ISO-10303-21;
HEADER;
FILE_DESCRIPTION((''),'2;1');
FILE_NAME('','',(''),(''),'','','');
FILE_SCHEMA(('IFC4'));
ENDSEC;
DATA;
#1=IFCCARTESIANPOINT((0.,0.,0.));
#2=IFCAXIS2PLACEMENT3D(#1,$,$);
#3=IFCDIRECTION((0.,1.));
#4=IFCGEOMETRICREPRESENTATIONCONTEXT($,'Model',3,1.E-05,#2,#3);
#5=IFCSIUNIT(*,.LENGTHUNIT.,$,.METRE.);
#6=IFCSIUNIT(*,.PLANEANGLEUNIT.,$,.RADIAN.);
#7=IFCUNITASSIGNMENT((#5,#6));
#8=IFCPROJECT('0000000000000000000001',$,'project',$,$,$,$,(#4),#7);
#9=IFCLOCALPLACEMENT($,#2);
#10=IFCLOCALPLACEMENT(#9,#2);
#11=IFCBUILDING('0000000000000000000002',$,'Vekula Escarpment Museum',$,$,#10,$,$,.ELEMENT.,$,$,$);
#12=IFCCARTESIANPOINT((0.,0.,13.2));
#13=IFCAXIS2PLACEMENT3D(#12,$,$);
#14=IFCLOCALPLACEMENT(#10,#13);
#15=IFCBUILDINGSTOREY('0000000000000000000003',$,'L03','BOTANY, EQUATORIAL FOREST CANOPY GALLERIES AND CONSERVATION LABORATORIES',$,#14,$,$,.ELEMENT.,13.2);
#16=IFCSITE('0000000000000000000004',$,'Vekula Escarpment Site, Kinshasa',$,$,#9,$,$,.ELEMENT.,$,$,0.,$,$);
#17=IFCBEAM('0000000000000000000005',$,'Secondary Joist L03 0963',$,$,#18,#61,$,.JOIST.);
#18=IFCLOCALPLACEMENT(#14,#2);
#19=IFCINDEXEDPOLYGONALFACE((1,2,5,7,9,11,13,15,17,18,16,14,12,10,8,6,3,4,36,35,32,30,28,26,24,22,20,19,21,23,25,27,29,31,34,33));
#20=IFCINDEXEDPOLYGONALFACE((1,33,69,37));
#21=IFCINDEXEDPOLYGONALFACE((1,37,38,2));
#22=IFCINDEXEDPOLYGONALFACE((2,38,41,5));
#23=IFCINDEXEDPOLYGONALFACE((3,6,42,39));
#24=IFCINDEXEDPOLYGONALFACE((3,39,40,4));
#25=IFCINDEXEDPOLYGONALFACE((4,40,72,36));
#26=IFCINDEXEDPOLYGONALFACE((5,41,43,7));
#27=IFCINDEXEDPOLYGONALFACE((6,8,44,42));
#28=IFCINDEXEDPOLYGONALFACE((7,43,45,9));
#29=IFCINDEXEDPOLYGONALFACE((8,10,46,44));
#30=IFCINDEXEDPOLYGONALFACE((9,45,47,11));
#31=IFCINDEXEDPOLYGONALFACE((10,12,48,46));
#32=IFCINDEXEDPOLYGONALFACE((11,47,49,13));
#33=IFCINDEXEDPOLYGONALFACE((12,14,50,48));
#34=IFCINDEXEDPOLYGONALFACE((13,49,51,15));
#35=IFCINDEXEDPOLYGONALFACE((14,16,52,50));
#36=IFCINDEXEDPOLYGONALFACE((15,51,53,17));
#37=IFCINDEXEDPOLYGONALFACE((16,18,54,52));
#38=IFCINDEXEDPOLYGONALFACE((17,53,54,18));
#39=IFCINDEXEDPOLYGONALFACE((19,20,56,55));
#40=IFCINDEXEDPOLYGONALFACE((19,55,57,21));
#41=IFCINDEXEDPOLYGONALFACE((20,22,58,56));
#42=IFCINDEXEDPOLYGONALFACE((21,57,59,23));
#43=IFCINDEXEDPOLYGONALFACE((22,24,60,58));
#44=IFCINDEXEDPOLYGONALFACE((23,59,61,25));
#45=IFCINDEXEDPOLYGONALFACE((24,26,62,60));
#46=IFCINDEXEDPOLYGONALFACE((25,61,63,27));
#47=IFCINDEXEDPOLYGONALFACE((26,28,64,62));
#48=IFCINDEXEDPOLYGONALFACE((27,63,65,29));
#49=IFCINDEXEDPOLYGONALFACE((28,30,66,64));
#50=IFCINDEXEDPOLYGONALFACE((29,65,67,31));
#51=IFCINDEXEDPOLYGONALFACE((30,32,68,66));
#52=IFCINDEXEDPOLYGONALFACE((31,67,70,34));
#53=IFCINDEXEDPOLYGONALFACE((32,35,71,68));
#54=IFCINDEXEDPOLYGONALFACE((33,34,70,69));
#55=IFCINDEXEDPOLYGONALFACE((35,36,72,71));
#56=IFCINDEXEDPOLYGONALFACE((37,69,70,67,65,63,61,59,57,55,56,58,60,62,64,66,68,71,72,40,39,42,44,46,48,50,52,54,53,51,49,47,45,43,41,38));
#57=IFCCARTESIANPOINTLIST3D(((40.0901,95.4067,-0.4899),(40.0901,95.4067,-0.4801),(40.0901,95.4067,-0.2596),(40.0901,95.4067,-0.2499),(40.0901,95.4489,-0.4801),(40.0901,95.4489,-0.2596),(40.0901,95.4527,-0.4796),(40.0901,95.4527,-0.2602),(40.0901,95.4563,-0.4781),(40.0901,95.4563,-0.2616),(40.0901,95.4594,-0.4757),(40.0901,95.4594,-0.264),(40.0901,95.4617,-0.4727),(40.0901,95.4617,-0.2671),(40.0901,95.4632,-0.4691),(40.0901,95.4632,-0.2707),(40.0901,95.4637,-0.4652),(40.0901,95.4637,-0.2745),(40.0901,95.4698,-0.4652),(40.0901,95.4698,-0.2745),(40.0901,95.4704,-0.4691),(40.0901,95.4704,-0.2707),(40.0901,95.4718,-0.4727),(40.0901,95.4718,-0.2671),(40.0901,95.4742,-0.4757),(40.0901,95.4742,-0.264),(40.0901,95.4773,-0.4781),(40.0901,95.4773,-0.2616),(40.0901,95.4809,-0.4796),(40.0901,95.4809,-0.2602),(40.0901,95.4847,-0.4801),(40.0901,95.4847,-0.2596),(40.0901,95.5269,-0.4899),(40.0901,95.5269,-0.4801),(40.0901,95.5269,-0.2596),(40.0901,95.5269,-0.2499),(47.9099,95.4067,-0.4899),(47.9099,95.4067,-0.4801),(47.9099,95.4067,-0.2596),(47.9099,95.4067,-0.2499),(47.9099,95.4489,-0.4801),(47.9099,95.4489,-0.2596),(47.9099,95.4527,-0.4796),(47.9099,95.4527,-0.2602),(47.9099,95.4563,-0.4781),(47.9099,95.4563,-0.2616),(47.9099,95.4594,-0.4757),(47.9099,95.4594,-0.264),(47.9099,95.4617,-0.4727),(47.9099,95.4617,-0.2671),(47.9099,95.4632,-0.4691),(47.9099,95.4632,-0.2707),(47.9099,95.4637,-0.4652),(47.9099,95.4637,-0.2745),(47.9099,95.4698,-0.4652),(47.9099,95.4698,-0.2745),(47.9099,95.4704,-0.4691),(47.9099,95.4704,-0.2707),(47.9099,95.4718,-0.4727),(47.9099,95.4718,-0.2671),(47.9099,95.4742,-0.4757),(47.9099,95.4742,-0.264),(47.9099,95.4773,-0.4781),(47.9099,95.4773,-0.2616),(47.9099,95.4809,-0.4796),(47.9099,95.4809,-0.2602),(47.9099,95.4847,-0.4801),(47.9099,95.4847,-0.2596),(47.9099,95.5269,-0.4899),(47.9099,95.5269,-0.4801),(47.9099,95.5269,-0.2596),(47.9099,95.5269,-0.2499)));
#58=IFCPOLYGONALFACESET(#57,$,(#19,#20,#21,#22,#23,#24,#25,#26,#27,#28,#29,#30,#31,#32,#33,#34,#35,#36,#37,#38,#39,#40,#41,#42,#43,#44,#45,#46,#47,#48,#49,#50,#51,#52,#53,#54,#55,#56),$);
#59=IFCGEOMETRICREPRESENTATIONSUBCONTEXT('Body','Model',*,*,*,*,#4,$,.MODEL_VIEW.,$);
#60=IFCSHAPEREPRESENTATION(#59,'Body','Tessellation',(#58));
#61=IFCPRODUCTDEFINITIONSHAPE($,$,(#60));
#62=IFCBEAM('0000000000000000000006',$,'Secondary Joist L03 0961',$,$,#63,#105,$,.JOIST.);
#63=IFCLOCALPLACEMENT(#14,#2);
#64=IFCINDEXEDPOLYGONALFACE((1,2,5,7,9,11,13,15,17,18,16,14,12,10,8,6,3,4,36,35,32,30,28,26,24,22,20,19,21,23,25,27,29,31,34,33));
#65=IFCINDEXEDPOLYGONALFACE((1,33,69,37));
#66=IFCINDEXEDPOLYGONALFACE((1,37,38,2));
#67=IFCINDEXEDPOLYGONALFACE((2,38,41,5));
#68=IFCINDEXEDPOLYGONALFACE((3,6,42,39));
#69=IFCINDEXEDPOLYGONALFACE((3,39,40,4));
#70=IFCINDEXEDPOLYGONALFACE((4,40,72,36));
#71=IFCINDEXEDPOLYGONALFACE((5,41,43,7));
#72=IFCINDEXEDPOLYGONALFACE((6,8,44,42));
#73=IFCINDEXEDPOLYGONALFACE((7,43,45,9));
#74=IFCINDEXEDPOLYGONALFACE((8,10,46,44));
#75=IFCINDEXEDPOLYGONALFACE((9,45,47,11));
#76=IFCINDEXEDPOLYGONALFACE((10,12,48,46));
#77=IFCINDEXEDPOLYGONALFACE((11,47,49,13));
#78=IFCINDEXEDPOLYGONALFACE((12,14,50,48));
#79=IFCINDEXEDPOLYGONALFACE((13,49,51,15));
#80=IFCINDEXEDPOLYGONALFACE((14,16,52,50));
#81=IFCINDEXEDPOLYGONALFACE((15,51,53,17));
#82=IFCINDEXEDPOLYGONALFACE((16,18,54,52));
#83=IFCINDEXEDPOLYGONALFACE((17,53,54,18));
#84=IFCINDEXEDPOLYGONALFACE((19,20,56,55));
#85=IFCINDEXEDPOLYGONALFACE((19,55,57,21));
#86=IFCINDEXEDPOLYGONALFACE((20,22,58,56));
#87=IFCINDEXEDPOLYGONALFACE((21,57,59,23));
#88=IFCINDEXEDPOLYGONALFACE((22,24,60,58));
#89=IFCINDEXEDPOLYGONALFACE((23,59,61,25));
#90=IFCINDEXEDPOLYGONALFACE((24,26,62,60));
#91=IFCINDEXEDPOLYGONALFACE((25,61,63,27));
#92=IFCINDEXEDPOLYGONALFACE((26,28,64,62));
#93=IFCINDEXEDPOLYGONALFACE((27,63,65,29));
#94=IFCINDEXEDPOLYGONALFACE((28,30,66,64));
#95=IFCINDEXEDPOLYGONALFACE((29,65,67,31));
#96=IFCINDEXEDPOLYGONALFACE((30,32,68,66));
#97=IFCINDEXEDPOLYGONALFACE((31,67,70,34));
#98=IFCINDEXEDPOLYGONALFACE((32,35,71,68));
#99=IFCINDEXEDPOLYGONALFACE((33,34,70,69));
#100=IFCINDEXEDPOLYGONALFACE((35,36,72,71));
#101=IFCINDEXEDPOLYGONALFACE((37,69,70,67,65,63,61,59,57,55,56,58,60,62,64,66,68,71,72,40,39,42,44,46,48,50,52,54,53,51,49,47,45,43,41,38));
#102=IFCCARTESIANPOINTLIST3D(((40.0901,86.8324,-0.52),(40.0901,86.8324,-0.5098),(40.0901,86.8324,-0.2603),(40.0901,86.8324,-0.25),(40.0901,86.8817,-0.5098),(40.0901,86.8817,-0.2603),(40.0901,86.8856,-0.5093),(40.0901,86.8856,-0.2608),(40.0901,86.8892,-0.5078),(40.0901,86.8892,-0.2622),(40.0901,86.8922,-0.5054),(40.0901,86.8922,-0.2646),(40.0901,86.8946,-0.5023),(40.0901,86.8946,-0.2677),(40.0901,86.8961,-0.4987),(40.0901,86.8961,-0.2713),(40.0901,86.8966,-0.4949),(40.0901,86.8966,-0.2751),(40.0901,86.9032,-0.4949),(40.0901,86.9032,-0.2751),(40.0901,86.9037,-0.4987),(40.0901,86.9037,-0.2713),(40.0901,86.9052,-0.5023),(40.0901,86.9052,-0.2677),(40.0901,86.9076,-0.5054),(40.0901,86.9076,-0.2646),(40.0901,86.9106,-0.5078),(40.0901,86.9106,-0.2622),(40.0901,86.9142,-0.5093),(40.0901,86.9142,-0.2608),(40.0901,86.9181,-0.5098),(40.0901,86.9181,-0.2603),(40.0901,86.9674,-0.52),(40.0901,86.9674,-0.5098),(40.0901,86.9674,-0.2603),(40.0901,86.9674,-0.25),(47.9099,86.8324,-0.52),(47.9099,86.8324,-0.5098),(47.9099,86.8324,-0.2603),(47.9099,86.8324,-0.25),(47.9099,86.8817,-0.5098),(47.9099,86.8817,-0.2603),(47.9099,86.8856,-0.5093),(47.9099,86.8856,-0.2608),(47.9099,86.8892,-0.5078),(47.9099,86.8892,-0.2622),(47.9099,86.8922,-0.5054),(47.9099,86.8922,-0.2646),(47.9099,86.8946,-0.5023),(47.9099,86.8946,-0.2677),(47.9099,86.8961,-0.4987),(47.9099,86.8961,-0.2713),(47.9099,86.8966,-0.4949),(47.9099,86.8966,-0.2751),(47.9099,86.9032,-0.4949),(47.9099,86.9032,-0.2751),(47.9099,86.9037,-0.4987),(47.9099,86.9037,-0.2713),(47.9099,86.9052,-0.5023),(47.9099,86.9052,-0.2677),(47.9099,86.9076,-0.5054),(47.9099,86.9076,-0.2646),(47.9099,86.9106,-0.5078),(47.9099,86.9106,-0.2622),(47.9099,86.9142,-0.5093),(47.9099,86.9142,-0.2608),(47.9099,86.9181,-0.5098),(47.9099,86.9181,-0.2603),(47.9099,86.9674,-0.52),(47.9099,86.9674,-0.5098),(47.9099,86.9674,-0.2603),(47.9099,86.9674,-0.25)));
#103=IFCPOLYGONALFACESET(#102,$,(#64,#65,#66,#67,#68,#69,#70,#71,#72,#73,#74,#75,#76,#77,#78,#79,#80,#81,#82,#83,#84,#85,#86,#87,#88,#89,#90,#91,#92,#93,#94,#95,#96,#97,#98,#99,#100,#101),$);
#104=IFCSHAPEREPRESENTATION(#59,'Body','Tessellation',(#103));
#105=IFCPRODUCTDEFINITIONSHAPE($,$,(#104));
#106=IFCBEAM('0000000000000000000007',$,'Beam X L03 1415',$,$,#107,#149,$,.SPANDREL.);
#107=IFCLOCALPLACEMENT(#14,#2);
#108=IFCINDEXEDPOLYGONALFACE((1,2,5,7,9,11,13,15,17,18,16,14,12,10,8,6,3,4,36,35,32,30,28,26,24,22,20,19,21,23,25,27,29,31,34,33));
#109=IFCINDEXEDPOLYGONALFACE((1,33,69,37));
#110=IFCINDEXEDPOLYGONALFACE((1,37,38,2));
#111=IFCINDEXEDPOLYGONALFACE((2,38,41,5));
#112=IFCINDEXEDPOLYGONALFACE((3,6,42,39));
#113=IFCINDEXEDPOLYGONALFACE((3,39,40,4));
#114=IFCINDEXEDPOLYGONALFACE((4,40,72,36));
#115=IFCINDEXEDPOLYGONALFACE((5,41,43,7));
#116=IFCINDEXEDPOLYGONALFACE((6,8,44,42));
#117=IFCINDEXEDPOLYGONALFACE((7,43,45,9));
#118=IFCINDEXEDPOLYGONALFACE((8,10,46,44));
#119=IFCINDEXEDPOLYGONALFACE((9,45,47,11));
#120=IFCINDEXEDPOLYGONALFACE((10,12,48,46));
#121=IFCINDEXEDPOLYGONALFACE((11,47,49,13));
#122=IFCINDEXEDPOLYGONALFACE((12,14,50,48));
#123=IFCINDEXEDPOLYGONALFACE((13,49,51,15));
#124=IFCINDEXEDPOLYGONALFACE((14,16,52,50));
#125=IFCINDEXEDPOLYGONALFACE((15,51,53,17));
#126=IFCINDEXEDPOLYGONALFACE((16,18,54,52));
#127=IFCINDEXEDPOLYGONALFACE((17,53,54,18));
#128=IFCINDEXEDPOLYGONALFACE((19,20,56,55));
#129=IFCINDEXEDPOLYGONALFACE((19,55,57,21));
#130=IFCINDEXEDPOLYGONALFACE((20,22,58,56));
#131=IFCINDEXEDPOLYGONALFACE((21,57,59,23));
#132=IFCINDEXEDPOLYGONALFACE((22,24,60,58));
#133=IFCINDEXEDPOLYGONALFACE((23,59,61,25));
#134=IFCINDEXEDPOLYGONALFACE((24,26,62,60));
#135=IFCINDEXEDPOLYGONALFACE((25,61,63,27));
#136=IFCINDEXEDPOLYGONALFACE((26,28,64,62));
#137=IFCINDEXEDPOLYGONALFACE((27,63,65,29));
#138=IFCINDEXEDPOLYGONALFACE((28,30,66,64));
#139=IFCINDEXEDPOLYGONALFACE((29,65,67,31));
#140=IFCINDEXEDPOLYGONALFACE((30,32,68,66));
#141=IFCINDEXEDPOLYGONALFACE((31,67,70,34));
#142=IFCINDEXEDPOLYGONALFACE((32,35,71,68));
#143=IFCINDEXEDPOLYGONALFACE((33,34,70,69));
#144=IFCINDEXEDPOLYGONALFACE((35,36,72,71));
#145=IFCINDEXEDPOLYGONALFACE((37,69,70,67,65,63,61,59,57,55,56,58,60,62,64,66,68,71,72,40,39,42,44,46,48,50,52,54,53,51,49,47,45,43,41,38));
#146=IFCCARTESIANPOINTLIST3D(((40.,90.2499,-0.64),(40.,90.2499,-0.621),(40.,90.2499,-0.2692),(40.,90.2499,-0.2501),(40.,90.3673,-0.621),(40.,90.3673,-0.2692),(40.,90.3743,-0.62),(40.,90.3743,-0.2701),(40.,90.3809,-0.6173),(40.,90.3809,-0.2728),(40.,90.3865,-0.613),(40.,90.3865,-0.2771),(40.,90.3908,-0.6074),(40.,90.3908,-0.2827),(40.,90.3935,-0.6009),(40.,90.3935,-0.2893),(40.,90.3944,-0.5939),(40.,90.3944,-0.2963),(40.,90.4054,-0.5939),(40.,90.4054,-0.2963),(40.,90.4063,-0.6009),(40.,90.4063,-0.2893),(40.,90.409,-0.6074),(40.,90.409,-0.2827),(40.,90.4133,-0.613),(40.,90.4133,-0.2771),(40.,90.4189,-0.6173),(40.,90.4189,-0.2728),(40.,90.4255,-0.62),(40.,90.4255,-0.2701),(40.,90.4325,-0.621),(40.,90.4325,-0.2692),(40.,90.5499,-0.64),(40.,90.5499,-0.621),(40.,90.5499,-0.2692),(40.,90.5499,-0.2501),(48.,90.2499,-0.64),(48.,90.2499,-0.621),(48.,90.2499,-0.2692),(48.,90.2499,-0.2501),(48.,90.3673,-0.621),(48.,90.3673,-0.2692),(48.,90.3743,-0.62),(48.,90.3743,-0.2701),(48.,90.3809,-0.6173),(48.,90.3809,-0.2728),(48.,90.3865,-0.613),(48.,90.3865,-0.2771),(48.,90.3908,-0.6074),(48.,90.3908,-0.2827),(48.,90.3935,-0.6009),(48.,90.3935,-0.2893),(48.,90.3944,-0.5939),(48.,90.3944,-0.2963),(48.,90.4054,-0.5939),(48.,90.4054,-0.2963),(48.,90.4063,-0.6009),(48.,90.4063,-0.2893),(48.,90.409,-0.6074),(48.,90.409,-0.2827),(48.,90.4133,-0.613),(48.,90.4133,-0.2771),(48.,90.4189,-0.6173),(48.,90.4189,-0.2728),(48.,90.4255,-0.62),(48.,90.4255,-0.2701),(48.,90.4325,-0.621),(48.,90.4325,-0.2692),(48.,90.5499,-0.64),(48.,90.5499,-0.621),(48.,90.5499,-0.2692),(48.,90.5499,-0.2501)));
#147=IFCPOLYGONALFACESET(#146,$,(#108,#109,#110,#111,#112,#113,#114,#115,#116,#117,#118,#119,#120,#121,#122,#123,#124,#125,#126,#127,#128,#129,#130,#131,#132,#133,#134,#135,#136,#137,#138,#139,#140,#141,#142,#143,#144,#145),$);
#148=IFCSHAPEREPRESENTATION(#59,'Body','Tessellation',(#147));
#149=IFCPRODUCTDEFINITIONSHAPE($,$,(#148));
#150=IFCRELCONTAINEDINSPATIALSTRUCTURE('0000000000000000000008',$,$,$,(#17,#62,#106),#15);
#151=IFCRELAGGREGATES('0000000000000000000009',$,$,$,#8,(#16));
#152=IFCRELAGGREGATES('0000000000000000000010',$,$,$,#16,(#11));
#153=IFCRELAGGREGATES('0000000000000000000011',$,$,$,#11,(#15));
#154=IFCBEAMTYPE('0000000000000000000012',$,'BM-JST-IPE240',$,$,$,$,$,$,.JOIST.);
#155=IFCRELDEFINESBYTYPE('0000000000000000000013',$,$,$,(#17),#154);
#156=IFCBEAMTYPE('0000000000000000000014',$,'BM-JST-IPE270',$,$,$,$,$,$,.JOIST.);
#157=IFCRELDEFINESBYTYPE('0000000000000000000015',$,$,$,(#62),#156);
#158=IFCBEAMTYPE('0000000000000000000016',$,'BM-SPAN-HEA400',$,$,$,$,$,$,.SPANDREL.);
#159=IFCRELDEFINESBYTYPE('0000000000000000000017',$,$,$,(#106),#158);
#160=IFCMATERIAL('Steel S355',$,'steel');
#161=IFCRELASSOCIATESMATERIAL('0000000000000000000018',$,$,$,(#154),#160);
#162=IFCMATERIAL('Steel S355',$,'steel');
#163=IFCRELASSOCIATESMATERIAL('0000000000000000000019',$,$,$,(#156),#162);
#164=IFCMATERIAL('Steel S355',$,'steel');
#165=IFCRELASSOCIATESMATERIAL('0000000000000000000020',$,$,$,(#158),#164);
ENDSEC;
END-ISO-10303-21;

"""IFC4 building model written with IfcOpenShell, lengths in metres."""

from ifc_helpers import new_model, si_unit, direction, frame, origin, origin_2d, place, context, subcontext, project, spatial, i_section, extrude, material, material_profile, profile_set, type_object, element, save


model = new_model("IFC4")

# Units and contexts
model_context = context("Model", 3, precision=1e-05, world=origin(), true_north=direction((0.0, 1.0)))
body_context = subcontext(model_context, "Body", "Model", "MODEL_VIEW")
ifc_project = project(units=[si_unit("LENGTHUNIT", "METRE"), si_unit("PLANEANGLEUNIT", "RADIAN")], contexts=[model_context])

# Site, building, storey
site_placement = place(None, origin())
site = spatial("IfcSite", under=ifc_project, at=site_placement, Name="Vekula Escarpment Site, Kinshasa", CompositionType="ELEMENT", RefElevation=0.0)
building_placement = place(site_placement, origin())
building = spatial("IfcBuilding", under=site, at=building_placement, Name="Vekula Escarpment Museum", CompositionType="ELEMENT")
storey_placement = place(building_placement, frame((0.0, 0.0, 13.2)))
storey = spatial("IfcBuildingStorey", under=building, at=storey_placement, Name="L03", Description="BOTANY, EQUATORIAL FOREST CANOPY GALLERIES AND CONSERVATION LABORATORIES", CompositionType="ELEMENT", Elevation=13.2)

# Beams
ifc_material_1 = material(Name="Steel S355", Category="steel")
ifc_material_profile_1 = material_profile(ifc_material_1, i_section(OverallWidth=0.1201, OverallDepth=0.24, WebThickness=0.0061, FlangeThickness=0.0098, FilletRadius=0.0149, at=origin_2d()), Name="IPE 240")
ifc_profile_set_1 = profile_set([ifc_material_profile_1], Name="Steel S355")
beam_type_1 = type_object("IfcBeamType", Name="BM-JST-IPE240", PredefinedType="JOIST", material=ifc_profile_set_1)
for number, where, z_axis, x_axis, name in (
    (1, (40.0901, 95.4668, -0.3699), (1.0, 0.0, 0.0), (0.0, 1.0, 0.0), "Secondary Joist L03 0963"),
):
    element("IfcBeam", number, at=place(storey_placement, frame(where, z_axis=z_axis, x_axis=x_axis)), inside=storey, type_object=beam_type_1, Name=name, PredefinedType="JOIST", context=body_context, shape_type="SweptSolid", body=[
        extrude(i_section(OverallWidth=0.1201, OverallDepth=0.24, WebThickness=0.0061, FlangeThickness=0.0098, FilletRadius=0.0149, at=origin_2d()), origin(), (0.0, 0.0, 1.0), 7.8198),
    ])
ifc_material_2 = material(Name="Steel S355", Category="steel")
ifc_material_profile_2 = material_profile(ifc_material_2, i_section(OverallWidth=0.135, OverallDepth=0.27, WebThickness=0.0066, FlangeThickness=0.0103, FilletRadius=0.0149, at=origin_2d()), Name="IPE 270")
ifc_profile_set_2 = profile_set([ifc_material_profile_2], Name="Steel S355")
beam_type_2 = type_object("IfcBeamType", Name="BM-JST-IPE270", PredefinedType="JOIST", material=ifc_profile_set_2)
beam_1_placement = place(storey_placement, frame((40.0901, 86.8999, -0.385), z_axis=(1.0, 0.0, 0.0), x_axis=(0.0, 1.0, 0.0)))
element("IfcBeam", 2, at=beam_1_placement, inside=storey, type_object=beam_type_2, Name="Secondary Joist L03 0961", PredefinedType="JOIST", context=body_context, shape_type="SweptSolid", body=[
    extrude(i_section(OverallWidth=0.135, OverallDepth=0.27, WebThickness=0.0066, FlangeThickness=0.0103, FilletRadius=0.0149, at=origin_2d()), origin(), (0.0, 0.0, 1.0), 7.8198),
])
ifc_material_3 = material(Name="Steel S355", Category="steel")
ifc_material_profile_3 = material_profile(ifc_material_3, i_section(OverallWidth=0.3, OverallDepth=0.3899, WebThickness=0.011, FlangeThickness=0.019, FilletRadius=0.0271, at=origin_2d()), Name="HEA 400")
ifc_profile_set_3 = profile_set([ifc_material_profile_3], Name="Steel S355")
beam_type_3 = type_object("IfcBeamType", Name="BM-SPAN-HEA400", PredefinedType="SPANDREL", material=ifc_profile_set_3)
beam_2_placement = place(storey_placement, frame((40.0, 90.3999, -0.4451), z_axis=(1.0, 0.0, 0.0), x_axis=(0.0, 1.0, 0.0)))
element("IfcBeam", 3, at=beam_2_placement, inside=storey, type_object=beam_type_3, Name="Beam X L03 1415", PredefinedType="SPANDREL", context=body_context, shape_type="SweptSolid", body=[
    extrude(i_section(OverallWidth=0.3, OverallDepth=0.3899, WebThickness=0.011, FlangeThickness=0.019, FilletRadius=0.0271, at=origin_2d()), origin(), (0.0, 0.0, 1.0), 8.0),
])

save(model, "model.ifc")
